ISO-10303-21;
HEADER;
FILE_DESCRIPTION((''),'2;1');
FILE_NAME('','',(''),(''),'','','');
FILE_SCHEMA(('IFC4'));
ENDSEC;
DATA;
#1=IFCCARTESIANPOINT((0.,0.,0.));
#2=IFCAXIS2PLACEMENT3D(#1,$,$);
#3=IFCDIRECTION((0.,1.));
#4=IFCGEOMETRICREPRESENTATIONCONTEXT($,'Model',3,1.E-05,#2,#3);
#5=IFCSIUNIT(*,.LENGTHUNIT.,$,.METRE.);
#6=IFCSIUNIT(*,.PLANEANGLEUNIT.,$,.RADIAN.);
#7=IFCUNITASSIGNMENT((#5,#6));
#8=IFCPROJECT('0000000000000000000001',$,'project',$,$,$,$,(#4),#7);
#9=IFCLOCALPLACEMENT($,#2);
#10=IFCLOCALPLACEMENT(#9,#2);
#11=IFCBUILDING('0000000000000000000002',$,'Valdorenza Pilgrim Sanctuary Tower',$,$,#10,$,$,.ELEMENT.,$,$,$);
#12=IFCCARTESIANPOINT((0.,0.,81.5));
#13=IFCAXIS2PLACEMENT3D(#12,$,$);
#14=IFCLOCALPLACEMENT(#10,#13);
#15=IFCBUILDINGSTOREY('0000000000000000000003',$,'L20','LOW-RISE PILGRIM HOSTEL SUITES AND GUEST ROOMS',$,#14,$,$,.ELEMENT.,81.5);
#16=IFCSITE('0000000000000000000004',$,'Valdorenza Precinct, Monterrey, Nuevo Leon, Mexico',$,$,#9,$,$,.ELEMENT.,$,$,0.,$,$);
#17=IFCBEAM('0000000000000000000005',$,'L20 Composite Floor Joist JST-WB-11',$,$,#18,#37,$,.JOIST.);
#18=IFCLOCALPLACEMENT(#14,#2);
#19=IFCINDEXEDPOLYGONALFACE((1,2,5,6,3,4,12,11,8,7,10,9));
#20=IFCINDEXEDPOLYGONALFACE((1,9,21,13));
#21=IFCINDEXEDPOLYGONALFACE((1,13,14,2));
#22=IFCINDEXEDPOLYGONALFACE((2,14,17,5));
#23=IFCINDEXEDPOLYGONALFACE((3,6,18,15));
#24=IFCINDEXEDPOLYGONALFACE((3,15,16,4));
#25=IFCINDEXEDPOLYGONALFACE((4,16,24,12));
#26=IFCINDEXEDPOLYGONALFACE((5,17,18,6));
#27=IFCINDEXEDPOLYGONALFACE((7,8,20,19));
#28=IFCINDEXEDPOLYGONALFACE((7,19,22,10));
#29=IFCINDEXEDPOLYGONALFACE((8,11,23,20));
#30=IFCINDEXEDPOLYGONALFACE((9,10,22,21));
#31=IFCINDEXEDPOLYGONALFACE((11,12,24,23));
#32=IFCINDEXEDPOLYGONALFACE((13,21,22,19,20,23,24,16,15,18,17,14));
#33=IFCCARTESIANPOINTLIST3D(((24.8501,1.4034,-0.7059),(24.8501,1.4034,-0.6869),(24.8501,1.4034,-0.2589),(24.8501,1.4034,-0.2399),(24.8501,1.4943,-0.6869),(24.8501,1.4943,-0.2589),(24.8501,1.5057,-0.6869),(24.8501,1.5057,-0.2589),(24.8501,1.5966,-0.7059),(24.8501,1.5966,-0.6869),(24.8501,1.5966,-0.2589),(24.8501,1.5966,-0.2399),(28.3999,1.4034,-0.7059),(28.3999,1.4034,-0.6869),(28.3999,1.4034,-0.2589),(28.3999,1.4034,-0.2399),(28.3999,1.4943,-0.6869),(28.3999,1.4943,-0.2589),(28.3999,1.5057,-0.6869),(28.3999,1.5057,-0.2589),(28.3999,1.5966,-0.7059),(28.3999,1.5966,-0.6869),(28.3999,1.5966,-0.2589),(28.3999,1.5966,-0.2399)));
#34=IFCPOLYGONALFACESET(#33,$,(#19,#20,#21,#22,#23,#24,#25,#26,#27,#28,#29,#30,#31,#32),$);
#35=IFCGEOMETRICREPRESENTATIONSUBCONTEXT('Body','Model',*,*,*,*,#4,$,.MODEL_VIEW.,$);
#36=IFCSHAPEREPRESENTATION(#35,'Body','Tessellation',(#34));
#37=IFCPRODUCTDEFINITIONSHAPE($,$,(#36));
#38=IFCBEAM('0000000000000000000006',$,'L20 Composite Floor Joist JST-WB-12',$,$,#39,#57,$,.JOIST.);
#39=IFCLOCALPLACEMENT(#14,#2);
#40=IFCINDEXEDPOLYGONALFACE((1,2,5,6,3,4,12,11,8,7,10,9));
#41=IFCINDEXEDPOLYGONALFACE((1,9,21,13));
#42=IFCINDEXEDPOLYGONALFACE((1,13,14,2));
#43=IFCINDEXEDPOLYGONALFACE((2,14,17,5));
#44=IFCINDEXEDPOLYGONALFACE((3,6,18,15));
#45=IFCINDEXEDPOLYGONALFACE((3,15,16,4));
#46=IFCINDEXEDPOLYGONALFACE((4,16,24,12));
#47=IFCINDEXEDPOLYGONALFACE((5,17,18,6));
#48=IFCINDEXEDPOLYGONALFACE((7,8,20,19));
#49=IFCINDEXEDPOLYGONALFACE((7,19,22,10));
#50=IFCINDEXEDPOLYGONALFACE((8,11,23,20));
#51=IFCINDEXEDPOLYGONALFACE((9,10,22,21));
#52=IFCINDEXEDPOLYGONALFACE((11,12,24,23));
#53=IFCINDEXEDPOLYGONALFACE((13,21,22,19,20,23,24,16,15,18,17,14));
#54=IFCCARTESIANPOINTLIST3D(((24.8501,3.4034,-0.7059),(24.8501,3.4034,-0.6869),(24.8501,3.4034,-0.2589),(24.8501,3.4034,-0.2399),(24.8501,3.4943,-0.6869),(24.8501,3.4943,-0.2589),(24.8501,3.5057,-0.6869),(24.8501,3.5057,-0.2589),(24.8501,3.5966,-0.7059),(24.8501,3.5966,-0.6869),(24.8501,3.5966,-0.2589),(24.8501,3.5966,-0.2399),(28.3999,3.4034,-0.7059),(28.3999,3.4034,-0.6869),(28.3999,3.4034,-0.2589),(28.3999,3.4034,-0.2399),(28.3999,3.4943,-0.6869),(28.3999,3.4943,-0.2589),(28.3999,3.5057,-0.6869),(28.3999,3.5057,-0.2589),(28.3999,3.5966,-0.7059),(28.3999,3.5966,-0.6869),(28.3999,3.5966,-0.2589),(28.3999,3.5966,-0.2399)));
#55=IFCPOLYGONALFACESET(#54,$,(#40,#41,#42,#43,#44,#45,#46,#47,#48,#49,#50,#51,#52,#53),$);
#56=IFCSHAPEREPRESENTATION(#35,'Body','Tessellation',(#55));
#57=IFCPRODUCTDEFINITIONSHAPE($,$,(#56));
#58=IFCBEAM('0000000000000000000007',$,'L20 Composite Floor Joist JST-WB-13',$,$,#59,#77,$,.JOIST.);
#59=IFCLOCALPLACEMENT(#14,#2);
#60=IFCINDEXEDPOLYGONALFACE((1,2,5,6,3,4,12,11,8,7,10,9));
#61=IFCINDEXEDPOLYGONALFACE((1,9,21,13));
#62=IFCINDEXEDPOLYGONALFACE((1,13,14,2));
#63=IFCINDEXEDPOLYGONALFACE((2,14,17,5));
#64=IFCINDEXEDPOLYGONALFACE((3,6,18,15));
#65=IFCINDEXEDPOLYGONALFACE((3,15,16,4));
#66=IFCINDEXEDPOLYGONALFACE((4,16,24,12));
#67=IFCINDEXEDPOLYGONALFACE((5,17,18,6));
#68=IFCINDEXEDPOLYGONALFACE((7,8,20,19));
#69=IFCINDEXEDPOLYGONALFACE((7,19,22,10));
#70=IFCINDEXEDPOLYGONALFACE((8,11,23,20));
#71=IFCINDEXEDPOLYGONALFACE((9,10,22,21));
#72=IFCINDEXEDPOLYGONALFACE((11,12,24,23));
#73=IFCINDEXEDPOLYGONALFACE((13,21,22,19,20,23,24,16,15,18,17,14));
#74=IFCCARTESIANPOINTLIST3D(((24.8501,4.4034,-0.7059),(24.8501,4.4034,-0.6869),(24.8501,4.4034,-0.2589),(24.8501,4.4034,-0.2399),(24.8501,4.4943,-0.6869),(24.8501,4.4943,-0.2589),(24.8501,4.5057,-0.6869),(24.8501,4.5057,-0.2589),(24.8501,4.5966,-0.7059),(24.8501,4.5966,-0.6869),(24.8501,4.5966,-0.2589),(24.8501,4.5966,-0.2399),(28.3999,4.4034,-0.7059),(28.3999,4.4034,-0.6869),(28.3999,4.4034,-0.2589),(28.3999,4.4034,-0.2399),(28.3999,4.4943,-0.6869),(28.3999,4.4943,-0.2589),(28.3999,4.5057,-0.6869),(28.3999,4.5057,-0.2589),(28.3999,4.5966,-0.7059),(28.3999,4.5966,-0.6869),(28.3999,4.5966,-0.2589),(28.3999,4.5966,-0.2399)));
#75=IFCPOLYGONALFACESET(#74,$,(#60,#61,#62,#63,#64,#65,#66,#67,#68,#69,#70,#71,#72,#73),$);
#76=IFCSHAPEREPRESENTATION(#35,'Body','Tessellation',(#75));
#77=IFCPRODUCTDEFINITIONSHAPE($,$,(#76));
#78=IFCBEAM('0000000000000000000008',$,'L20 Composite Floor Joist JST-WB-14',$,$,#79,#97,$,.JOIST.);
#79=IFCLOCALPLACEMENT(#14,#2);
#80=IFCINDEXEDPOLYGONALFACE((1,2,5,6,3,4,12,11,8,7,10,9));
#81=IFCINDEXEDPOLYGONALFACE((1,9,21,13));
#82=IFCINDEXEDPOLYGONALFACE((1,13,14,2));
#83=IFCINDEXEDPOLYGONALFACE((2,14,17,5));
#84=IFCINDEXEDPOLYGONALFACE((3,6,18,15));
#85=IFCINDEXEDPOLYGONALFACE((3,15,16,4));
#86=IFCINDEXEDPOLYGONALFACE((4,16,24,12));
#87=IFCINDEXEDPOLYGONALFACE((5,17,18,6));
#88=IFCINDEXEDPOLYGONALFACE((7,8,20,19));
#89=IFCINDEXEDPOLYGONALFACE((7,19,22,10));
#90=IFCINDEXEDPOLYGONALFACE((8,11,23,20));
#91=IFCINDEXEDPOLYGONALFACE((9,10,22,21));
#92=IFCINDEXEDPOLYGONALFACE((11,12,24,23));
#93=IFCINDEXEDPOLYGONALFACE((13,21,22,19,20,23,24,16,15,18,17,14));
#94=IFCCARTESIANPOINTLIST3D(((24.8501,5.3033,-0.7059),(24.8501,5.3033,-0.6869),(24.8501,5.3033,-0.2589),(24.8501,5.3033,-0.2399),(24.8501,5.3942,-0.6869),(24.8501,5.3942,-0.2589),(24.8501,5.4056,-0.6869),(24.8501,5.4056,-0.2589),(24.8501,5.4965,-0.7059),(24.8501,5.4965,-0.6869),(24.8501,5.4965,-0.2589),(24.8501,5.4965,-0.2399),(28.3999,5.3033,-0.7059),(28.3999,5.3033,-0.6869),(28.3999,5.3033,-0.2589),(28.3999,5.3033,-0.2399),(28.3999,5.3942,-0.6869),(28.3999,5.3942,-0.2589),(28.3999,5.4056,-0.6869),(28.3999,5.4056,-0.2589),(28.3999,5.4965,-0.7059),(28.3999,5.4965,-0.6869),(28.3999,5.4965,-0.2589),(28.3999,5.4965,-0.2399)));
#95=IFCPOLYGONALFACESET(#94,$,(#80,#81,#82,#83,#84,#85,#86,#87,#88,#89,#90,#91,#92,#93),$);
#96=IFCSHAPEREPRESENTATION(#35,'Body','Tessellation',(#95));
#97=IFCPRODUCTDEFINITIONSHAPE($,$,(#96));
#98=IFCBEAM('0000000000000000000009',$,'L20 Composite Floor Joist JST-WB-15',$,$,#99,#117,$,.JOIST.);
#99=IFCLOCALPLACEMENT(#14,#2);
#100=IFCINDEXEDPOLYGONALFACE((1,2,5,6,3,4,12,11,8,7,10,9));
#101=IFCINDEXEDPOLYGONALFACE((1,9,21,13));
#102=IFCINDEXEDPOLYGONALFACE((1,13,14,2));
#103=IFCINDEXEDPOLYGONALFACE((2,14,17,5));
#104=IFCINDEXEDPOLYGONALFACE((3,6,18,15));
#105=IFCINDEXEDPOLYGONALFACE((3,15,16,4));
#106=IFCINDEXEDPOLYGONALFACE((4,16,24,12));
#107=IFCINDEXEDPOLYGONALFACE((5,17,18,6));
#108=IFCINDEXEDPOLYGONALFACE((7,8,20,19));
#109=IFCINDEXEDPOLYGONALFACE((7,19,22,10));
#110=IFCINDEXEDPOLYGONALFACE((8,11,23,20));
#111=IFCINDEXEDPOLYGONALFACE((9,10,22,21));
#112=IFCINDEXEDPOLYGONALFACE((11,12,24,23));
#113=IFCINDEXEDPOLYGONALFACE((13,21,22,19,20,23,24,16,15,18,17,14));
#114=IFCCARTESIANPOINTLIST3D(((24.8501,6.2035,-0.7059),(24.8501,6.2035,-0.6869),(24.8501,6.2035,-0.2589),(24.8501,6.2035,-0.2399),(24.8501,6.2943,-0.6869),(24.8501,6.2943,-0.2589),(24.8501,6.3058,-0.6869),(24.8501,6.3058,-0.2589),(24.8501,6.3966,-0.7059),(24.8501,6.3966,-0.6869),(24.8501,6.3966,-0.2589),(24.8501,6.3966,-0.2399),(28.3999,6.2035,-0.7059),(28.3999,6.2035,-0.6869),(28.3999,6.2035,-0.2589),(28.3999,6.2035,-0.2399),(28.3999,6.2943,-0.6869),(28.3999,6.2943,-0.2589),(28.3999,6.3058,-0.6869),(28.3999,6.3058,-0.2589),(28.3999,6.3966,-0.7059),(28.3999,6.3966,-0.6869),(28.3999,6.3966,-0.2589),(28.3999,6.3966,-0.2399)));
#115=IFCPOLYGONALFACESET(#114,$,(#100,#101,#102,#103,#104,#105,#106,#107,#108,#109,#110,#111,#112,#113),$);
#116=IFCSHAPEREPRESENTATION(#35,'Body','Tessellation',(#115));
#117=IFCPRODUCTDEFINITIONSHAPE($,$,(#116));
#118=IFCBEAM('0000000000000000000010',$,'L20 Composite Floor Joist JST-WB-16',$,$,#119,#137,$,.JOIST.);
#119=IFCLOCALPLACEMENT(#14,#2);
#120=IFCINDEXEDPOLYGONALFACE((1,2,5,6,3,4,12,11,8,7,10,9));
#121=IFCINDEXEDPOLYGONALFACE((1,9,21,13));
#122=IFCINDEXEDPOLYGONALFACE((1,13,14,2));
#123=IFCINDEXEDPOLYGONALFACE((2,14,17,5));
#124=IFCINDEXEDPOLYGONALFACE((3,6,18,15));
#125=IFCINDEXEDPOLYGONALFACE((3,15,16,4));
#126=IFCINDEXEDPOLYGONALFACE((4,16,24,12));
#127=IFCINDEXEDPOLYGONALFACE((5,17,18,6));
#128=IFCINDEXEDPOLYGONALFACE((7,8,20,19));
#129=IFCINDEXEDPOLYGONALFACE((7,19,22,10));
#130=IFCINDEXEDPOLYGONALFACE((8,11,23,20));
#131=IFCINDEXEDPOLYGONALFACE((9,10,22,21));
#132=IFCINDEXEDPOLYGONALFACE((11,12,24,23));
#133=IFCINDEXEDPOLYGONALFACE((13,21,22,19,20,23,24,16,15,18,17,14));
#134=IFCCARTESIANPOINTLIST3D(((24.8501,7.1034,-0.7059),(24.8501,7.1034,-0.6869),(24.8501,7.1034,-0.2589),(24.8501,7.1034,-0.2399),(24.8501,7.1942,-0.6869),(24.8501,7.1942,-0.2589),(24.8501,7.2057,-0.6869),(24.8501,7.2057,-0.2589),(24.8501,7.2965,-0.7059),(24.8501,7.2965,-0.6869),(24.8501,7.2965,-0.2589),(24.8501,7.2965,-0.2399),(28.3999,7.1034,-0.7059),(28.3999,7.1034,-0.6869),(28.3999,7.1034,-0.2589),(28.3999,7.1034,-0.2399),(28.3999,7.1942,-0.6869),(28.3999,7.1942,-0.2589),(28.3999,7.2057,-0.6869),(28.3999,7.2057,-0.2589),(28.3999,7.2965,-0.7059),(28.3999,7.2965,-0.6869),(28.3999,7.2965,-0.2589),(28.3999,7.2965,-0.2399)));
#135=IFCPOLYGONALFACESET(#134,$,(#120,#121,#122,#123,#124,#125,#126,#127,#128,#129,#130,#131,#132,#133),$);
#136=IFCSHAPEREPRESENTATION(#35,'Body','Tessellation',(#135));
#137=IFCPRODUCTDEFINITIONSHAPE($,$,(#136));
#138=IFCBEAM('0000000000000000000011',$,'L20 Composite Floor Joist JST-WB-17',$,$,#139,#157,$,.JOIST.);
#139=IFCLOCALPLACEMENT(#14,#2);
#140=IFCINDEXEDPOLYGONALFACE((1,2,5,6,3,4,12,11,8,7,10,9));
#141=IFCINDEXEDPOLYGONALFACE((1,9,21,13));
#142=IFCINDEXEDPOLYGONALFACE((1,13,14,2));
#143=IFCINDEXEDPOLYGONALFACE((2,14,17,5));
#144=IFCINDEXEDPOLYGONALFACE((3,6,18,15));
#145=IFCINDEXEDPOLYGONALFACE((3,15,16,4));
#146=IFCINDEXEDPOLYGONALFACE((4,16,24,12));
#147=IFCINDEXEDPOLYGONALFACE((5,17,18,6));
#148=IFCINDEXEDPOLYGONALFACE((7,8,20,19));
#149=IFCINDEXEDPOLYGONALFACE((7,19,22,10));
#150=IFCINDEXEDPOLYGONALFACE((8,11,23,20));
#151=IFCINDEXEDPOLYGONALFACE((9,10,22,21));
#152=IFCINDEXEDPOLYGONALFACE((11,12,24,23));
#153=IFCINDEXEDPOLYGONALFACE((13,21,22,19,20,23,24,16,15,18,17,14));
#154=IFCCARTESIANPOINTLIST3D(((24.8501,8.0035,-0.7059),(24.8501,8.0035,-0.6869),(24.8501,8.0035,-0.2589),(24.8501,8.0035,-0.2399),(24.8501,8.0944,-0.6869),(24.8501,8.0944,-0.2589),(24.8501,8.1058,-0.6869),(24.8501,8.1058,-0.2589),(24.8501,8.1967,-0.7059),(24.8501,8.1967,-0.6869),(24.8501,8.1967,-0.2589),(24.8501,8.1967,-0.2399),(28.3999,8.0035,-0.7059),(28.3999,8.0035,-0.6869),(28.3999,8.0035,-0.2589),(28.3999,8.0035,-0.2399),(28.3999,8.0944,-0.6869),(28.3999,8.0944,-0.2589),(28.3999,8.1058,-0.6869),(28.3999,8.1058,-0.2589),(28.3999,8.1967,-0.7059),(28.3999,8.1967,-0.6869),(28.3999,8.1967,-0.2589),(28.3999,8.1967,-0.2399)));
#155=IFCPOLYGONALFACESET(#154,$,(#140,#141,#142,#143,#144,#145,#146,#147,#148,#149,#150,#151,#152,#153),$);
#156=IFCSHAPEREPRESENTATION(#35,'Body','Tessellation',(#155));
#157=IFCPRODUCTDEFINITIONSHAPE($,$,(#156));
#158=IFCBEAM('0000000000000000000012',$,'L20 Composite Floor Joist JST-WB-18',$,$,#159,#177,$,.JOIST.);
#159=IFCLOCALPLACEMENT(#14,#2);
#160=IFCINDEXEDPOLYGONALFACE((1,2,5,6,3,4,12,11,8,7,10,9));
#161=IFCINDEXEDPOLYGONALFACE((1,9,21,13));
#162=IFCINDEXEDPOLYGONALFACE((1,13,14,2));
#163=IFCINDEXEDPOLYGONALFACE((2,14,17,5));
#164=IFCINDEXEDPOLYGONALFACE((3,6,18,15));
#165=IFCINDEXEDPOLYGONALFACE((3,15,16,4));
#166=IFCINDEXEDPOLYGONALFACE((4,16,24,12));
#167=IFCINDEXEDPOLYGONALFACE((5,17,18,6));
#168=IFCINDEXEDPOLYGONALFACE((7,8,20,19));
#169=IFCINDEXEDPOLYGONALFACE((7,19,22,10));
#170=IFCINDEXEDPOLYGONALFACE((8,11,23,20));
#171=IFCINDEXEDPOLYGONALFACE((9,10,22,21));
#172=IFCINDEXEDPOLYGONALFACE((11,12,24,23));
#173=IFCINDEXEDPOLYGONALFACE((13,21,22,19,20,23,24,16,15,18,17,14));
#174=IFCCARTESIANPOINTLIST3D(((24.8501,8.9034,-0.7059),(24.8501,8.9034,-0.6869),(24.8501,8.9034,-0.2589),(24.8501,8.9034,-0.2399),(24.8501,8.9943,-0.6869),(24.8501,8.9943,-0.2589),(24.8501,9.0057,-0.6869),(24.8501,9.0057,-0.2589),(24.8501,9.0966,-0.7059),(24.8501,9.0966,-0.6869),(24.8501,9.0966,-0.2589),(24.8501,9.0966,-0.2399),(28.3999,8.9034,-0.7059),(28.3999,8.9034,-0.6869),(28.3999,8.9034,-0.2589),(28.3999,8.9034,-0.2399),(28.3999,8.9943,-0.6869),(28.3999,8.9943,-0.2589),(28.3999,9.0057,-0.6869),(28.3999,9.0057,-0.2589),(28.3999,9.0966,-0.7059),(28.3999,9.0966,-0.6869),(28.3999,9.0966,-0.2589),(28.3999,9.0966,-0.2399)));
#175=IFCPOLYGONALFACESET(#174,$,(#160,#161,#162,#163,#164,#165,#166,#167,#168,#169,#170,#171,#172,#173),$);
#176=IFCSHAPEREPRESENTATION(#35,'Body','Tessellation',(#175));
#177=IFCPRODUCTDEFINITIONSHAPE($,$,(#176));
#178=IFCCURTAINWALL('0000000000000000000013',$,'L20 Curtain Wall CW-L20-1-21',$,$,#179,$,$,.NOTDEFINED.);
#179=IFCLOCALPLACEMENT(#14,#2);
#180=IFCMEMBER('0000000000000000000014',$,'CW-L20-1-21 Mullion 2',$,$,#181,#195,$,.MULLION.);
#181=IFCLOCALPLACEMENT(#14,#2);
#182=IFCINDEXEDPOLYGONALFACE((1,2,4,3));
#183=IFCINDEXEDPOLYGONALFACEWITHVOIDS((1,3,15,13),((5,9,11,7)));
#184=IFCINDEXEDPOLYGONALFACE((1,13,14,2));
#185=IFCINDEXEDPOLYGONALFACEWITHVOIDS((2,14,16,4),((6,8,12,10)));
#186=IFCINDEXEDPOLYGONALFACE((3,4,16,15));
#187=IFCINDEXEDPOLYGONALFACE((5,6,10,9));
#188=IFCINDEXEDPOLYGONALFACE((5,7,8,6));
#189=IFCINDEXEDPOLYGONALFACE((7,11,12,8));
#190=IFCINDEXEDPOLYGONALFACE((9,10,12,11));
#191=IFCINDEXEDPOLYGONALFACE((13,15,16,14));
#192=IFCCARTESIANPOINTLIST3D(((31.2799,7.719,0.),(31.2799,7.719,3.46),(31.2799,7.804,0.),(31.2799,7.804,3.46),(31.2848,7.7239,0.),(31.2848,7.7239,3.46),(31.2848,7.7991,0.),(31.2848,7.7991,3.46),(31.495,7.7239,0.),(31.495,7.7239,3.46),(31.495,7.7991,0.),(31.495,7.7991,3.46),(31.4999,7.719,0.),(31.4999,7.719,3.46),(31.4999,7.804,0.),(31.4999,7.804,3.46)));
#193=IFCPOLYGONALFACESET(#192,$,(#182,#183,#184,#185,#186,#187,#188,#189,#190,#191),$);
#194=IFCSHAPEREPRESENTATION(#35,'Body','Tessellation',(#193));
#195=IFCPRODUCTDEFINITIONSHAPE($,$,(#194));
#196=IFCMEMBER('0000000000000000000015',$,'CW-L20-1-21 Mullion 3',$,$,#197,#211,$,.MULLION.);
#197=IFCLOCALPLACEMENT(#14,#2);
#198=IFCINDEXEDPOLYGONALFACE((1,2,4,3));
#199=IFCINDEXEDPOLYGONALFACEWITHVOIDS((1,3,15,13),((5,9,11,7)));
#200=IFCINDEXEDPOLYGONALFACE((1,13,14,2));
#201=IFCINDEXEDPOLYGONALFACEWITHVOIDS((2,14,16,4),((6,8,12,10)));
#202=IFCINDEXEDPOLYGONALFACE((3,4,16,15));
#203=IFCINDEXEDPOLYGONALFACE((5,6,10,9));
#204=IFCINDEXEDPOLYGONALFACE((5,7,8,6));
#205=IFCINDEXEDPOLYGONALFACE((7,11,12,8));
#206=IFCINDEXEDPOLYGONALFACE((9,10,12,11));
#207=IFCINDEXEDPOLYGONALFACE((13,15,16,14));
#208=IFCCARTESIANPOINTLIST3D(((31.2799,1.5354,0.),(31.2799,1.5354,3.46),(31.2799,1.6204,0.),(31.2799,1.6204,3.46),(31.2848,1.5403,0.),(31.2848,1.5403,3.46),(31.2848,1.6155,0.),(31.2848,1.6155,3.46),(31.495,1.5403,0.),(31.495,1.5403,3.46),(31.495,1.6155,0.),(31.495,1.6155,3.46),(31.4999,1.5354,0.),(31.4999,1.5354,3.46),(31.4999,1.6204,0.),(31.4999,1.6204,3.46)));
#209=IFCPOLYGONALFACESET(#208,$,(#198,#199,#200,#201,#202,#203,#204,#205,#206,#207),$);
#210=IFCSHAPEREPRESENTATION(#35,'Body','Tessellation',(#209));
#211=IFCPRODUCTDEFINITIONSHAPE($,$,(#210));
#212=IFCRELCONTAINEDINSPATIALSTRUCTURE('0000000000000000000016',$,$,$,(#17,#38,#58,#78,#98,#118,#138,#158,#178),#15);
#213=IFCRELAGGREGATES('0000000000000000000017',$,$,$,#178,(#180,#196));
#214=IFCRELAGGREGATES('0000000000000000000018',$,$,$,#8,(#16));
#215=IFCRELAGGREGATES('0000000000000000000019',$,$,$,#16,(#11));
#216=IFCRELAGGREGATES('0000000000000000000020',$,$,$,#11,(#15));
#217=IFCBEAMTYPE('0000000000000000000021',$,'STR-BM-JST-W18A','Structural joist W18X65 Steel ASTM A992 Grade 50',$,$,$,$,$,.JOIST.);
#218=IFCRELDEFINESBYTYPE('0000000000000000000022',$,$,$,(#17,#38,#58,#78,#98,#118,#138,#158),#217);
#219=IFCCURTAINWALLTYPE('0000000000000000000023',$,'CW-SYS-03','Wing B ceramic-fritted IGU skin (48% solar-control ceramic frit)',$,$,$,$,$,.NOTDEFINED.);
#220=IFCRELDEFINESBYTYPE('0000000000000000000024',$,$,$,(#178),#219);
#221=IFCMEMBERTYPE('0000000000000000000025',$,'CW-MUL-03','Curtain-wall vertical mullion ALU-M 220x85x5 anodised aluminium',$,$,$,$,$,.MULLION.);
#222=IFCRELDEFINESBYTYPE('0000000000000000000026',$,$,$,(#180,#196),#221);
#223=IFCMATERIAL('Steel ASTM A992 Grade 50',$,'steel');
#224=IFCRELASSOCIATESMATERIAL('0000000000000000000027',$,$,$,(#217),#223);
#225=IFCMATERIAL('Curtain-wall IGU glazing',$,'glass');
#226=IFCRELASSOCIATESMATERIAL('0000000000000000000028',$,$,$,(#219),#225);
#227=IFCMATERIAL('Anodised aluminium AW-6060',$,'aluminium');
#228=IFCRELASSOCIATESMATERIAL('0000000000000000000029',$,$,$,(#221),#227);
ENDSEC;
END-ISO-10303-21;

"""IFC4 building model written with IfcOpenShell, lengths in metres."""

from ifc_helpers import new_model, si_unit, direction, frame, origin, origin_2d, place, context, subcontext, project, spatial, hollow_rectangle, i_section, extrude, source, transform, mapped, material, material_profile, profile_set, type_object, element, aggregate, save


model = new_model("IFC4")

# Units and contexts
model_context = context("Model", 3, precision=1e-05, world=origin(), true_north=direction((0.0, 1.0)))
body_context = subcontext(model_context, "Body", "Model", "MODEL_VIEW")
ifc_project = project(units=[si_unit("LENGTHUNIT", "METRE"), si_unit("PLANEANGLEUNIT", "RADIAN")], contexts=[model_context])

# Site, building, storey
site_placement = place(None, origin())
site = spatial("IfcSite", under=ifc_project, at=site_placement, Name="Valdorenza Precinct, Monterrey, Nuevo Leon, Mexico", CompositionType="ELEMENT", RefElevation=0.0)
building_placement = place(site_placement, origin())
building = spatial("IfcBuilding", under=site, at=building_placement, Name="Valdorenza Pilgrim Sanctuary Tower", CompositionType="ELEMENT")
storey_placement = place(building_placement, frame((0.0, 0.0, 81.5)))
storey = spatial("IfcBuildingStorey", under=building, at=storey_placement, Name="L20", Description="LOW-RISE PILGRIM HOSTEL SUITES AND GUEST ROOMS", CompositionType="ELEMENT", Elevation=81.5)

# Beams
ifc_material_1 = material(Name="Steel ASTM A992 Grade 50", Category="steel")
ifc_material_profile_1 = material_profile(ifc_material_1, i_section(OverallWidth=0.1931, OverallDepth=0.4661, WebThickness=0.0115, FlangeThickness=0.019, at=origin_2d()), Name="W18X65")
ifc_profile_set_1 = profile_set([ifc_material_profile_1], Name="Steel ASTM A992 Grade 50")
beam_type = type_object("IfcBeamType", Name="STR-BM-JST-W18A", Description="Structural joist W18X65 Steel ASTM A992 Grade 50", PredefinedType="JOIST", material=ifc_profile_set_1)
shared_shape_1 = source(origin(), body_context, "Body", "SweptSolid", [
    extrude(i_section(OverallWidth=0.1931, OverallDepth=0.4661, WebThickness=0.0115, FlangeThickness=0.019, at=origin_2d()), origin(), (0.0, 0.0, 1.0), 3.5498),
])
for number, where, z_axis, x_axis, name in (
    (1, (24.8501, 1.5, -0.4729), (1.0, 0.0, 0.0), (0.0, 1.0, 0.0), "L20 Composite Floor Joist JST-WB-11"),
    (2, (24.8501, 3.5, -0.4729), (1.0, 0.0, 0.0), (0.0, 1.0, 0.0), "L20 Composite Floor Joist JST-WB-12"),
    (3, (24.8501, 4.5, -0.4729), (1.0, 0.0, 0.0), (0.0, 1.0, 0.0), "L20 Composite Floor Joist JST-WB-13"),
    (4, (24.8501, 5.3999, -0.4729), (1.0, 0.0, 0.0), (0.0, 1.0, 0.0), "L20 Composite Floor Joist JST-WB-14"),
    (5, (24.8501, 6.3, -0.4729), (1.0, 0.0, 0.0), (0.0, 1.0, 0.0), "L20 Composite Floor Joist JST-WB-15"),
    (6, (24.8501, 7.2, -0.4729), (1.0, 0.0, 0.0), (0.0, 1.0, 0.0), "L20 Composite Floor Joist JST-WB-16"),
    (7, (24.8501, 8.1001, -0.4729), (1.0, 0.0, 0.0), (0.0, 1.0, 0.0), "L20 Composite Floor Joist JST-WB-17"),
    (8, (24.8501, 9.0, -0.4729), (1.0, 0.0, 0.0), (0.0, 1.0, 0.0), "L20 Composite Floor Joist JST-WB-18"),
):
    element("IfcBeam", number, at=place(storey_placement, frame(where, z_axis=z_axis, x_axis=x_axis)), inside=storey, type_object=beam_type, Name=name, PredefinedType="JOIST", context=body_context, shape_type="MappedRepresentation", body=[
        mapped(shared_shape_1, transform((0.0, 0.0, 0.0), x_axis=(1.0, 0.0, 0.0), y_axis=(0.0, 1.0, 0.0), z_axis=(0.0, 0.0, 1.0), scale=1.0)),
    ])

# Curtain wall, members
ifc_material_2 = material(Name="Curtain-wall IGU glazing", Category="glass")
curtain_wall_type = type_object("IfcCurtainWallType", Name="CW-SYS-03", Description="Wing B ceramic-fritted IGU skin (48% solar-control ceramic frit)", PredefinedType="NOTDEFINED", material=ifc_material_2)
curtain_wall_placement = place(storey_placement, origin())
curtain_wall = element("IfcCurtainWall", 9, at=curtain_wall_placement, inside=storey, type_object=curtain_wall_type, Name="L20 Curtain Wall CW-L20-1-21", PredefinedType="NOTDEFINED")
ifc_material_3 = material(Name="Anodised aluminium AW-6060", Category="aluminium")
ifc_material_profile_2 = material_profile(ifc_material_3, hollow_rectangle(XDim=0.085, YDim=0.22, WallThickness=0.0049, at=origin_2d()), Name="ALU-M 220x85x5")
ifc_profile_set_2 = profile_set([ifc_material_profile_2], Name="Anodised aluminium AW-6060")
member_type = type_object("IfcMemberType", Name="CW-MUL-03", Description="Curtain-wall vertical mullion ALU-M 220x85x5 anodised aluminium", PredefinedType="MULLION", material=ifc_profile_set_2)
shared_shape_2 = source(origin(), body_context, "Body", "SweptSolid", [
    extrude(hollow_rectangle(XDim=0.085, YDim=0.22, WallThickness=0.0049, at=origin_2d()), origin(), (0.0, 0.0, 1.0), 3.46),
])
member_1_placement = place(storey_placement, frame((31.3899, 7.7615, 0.0), z_axis=(0.0, 0.0, 1.0), x_axis=(0.0, -1.0, 0.0)))
member_1 = element("IfcMember", 10, at=member_1_placement, type_object=member_type, Name="CW-L20-1-21 Mullion 2", PredefinedType="MULLION", context=body_context, shape_type="MappedRepresentation", body=[
    mapped(shared_shape_2, transform((0.0, 0.0, 0.0), x_axis=(1.0, 0.0, 0.0), y_axis=(0.0, 1.0, 0.0), z_axis=(0.0, 0.0, 1.0), scale=1.0)),
])
member_2_placement = place(storey_placement, frame((31.3899, 1.5779, 0.0), z_axis=(0.0, 0.0, 1.0), x_axis=(0.0, -1.0, 0.0)))
member_2 = element("IfcMember", 11, at=member_2_placement, type_object=member_type, Name="CW-L20-1-21 Mullion 3", PredefinedType="MULLION", context=body_context, shape_type="MappedRepresentation", body=[
    mapped(shared_shape_2, transform((0.0, 0.0, 0.0), x_axis=(1.0, 0.0, 0.0), y_axis=(0.0, 1.0, 0.0), z_axis=(0.0, 0.0, 1.0), scale=1.0)),
])
aggregate(curtain_wall, [member_1, member_2])

save(model, "model.ifc")
